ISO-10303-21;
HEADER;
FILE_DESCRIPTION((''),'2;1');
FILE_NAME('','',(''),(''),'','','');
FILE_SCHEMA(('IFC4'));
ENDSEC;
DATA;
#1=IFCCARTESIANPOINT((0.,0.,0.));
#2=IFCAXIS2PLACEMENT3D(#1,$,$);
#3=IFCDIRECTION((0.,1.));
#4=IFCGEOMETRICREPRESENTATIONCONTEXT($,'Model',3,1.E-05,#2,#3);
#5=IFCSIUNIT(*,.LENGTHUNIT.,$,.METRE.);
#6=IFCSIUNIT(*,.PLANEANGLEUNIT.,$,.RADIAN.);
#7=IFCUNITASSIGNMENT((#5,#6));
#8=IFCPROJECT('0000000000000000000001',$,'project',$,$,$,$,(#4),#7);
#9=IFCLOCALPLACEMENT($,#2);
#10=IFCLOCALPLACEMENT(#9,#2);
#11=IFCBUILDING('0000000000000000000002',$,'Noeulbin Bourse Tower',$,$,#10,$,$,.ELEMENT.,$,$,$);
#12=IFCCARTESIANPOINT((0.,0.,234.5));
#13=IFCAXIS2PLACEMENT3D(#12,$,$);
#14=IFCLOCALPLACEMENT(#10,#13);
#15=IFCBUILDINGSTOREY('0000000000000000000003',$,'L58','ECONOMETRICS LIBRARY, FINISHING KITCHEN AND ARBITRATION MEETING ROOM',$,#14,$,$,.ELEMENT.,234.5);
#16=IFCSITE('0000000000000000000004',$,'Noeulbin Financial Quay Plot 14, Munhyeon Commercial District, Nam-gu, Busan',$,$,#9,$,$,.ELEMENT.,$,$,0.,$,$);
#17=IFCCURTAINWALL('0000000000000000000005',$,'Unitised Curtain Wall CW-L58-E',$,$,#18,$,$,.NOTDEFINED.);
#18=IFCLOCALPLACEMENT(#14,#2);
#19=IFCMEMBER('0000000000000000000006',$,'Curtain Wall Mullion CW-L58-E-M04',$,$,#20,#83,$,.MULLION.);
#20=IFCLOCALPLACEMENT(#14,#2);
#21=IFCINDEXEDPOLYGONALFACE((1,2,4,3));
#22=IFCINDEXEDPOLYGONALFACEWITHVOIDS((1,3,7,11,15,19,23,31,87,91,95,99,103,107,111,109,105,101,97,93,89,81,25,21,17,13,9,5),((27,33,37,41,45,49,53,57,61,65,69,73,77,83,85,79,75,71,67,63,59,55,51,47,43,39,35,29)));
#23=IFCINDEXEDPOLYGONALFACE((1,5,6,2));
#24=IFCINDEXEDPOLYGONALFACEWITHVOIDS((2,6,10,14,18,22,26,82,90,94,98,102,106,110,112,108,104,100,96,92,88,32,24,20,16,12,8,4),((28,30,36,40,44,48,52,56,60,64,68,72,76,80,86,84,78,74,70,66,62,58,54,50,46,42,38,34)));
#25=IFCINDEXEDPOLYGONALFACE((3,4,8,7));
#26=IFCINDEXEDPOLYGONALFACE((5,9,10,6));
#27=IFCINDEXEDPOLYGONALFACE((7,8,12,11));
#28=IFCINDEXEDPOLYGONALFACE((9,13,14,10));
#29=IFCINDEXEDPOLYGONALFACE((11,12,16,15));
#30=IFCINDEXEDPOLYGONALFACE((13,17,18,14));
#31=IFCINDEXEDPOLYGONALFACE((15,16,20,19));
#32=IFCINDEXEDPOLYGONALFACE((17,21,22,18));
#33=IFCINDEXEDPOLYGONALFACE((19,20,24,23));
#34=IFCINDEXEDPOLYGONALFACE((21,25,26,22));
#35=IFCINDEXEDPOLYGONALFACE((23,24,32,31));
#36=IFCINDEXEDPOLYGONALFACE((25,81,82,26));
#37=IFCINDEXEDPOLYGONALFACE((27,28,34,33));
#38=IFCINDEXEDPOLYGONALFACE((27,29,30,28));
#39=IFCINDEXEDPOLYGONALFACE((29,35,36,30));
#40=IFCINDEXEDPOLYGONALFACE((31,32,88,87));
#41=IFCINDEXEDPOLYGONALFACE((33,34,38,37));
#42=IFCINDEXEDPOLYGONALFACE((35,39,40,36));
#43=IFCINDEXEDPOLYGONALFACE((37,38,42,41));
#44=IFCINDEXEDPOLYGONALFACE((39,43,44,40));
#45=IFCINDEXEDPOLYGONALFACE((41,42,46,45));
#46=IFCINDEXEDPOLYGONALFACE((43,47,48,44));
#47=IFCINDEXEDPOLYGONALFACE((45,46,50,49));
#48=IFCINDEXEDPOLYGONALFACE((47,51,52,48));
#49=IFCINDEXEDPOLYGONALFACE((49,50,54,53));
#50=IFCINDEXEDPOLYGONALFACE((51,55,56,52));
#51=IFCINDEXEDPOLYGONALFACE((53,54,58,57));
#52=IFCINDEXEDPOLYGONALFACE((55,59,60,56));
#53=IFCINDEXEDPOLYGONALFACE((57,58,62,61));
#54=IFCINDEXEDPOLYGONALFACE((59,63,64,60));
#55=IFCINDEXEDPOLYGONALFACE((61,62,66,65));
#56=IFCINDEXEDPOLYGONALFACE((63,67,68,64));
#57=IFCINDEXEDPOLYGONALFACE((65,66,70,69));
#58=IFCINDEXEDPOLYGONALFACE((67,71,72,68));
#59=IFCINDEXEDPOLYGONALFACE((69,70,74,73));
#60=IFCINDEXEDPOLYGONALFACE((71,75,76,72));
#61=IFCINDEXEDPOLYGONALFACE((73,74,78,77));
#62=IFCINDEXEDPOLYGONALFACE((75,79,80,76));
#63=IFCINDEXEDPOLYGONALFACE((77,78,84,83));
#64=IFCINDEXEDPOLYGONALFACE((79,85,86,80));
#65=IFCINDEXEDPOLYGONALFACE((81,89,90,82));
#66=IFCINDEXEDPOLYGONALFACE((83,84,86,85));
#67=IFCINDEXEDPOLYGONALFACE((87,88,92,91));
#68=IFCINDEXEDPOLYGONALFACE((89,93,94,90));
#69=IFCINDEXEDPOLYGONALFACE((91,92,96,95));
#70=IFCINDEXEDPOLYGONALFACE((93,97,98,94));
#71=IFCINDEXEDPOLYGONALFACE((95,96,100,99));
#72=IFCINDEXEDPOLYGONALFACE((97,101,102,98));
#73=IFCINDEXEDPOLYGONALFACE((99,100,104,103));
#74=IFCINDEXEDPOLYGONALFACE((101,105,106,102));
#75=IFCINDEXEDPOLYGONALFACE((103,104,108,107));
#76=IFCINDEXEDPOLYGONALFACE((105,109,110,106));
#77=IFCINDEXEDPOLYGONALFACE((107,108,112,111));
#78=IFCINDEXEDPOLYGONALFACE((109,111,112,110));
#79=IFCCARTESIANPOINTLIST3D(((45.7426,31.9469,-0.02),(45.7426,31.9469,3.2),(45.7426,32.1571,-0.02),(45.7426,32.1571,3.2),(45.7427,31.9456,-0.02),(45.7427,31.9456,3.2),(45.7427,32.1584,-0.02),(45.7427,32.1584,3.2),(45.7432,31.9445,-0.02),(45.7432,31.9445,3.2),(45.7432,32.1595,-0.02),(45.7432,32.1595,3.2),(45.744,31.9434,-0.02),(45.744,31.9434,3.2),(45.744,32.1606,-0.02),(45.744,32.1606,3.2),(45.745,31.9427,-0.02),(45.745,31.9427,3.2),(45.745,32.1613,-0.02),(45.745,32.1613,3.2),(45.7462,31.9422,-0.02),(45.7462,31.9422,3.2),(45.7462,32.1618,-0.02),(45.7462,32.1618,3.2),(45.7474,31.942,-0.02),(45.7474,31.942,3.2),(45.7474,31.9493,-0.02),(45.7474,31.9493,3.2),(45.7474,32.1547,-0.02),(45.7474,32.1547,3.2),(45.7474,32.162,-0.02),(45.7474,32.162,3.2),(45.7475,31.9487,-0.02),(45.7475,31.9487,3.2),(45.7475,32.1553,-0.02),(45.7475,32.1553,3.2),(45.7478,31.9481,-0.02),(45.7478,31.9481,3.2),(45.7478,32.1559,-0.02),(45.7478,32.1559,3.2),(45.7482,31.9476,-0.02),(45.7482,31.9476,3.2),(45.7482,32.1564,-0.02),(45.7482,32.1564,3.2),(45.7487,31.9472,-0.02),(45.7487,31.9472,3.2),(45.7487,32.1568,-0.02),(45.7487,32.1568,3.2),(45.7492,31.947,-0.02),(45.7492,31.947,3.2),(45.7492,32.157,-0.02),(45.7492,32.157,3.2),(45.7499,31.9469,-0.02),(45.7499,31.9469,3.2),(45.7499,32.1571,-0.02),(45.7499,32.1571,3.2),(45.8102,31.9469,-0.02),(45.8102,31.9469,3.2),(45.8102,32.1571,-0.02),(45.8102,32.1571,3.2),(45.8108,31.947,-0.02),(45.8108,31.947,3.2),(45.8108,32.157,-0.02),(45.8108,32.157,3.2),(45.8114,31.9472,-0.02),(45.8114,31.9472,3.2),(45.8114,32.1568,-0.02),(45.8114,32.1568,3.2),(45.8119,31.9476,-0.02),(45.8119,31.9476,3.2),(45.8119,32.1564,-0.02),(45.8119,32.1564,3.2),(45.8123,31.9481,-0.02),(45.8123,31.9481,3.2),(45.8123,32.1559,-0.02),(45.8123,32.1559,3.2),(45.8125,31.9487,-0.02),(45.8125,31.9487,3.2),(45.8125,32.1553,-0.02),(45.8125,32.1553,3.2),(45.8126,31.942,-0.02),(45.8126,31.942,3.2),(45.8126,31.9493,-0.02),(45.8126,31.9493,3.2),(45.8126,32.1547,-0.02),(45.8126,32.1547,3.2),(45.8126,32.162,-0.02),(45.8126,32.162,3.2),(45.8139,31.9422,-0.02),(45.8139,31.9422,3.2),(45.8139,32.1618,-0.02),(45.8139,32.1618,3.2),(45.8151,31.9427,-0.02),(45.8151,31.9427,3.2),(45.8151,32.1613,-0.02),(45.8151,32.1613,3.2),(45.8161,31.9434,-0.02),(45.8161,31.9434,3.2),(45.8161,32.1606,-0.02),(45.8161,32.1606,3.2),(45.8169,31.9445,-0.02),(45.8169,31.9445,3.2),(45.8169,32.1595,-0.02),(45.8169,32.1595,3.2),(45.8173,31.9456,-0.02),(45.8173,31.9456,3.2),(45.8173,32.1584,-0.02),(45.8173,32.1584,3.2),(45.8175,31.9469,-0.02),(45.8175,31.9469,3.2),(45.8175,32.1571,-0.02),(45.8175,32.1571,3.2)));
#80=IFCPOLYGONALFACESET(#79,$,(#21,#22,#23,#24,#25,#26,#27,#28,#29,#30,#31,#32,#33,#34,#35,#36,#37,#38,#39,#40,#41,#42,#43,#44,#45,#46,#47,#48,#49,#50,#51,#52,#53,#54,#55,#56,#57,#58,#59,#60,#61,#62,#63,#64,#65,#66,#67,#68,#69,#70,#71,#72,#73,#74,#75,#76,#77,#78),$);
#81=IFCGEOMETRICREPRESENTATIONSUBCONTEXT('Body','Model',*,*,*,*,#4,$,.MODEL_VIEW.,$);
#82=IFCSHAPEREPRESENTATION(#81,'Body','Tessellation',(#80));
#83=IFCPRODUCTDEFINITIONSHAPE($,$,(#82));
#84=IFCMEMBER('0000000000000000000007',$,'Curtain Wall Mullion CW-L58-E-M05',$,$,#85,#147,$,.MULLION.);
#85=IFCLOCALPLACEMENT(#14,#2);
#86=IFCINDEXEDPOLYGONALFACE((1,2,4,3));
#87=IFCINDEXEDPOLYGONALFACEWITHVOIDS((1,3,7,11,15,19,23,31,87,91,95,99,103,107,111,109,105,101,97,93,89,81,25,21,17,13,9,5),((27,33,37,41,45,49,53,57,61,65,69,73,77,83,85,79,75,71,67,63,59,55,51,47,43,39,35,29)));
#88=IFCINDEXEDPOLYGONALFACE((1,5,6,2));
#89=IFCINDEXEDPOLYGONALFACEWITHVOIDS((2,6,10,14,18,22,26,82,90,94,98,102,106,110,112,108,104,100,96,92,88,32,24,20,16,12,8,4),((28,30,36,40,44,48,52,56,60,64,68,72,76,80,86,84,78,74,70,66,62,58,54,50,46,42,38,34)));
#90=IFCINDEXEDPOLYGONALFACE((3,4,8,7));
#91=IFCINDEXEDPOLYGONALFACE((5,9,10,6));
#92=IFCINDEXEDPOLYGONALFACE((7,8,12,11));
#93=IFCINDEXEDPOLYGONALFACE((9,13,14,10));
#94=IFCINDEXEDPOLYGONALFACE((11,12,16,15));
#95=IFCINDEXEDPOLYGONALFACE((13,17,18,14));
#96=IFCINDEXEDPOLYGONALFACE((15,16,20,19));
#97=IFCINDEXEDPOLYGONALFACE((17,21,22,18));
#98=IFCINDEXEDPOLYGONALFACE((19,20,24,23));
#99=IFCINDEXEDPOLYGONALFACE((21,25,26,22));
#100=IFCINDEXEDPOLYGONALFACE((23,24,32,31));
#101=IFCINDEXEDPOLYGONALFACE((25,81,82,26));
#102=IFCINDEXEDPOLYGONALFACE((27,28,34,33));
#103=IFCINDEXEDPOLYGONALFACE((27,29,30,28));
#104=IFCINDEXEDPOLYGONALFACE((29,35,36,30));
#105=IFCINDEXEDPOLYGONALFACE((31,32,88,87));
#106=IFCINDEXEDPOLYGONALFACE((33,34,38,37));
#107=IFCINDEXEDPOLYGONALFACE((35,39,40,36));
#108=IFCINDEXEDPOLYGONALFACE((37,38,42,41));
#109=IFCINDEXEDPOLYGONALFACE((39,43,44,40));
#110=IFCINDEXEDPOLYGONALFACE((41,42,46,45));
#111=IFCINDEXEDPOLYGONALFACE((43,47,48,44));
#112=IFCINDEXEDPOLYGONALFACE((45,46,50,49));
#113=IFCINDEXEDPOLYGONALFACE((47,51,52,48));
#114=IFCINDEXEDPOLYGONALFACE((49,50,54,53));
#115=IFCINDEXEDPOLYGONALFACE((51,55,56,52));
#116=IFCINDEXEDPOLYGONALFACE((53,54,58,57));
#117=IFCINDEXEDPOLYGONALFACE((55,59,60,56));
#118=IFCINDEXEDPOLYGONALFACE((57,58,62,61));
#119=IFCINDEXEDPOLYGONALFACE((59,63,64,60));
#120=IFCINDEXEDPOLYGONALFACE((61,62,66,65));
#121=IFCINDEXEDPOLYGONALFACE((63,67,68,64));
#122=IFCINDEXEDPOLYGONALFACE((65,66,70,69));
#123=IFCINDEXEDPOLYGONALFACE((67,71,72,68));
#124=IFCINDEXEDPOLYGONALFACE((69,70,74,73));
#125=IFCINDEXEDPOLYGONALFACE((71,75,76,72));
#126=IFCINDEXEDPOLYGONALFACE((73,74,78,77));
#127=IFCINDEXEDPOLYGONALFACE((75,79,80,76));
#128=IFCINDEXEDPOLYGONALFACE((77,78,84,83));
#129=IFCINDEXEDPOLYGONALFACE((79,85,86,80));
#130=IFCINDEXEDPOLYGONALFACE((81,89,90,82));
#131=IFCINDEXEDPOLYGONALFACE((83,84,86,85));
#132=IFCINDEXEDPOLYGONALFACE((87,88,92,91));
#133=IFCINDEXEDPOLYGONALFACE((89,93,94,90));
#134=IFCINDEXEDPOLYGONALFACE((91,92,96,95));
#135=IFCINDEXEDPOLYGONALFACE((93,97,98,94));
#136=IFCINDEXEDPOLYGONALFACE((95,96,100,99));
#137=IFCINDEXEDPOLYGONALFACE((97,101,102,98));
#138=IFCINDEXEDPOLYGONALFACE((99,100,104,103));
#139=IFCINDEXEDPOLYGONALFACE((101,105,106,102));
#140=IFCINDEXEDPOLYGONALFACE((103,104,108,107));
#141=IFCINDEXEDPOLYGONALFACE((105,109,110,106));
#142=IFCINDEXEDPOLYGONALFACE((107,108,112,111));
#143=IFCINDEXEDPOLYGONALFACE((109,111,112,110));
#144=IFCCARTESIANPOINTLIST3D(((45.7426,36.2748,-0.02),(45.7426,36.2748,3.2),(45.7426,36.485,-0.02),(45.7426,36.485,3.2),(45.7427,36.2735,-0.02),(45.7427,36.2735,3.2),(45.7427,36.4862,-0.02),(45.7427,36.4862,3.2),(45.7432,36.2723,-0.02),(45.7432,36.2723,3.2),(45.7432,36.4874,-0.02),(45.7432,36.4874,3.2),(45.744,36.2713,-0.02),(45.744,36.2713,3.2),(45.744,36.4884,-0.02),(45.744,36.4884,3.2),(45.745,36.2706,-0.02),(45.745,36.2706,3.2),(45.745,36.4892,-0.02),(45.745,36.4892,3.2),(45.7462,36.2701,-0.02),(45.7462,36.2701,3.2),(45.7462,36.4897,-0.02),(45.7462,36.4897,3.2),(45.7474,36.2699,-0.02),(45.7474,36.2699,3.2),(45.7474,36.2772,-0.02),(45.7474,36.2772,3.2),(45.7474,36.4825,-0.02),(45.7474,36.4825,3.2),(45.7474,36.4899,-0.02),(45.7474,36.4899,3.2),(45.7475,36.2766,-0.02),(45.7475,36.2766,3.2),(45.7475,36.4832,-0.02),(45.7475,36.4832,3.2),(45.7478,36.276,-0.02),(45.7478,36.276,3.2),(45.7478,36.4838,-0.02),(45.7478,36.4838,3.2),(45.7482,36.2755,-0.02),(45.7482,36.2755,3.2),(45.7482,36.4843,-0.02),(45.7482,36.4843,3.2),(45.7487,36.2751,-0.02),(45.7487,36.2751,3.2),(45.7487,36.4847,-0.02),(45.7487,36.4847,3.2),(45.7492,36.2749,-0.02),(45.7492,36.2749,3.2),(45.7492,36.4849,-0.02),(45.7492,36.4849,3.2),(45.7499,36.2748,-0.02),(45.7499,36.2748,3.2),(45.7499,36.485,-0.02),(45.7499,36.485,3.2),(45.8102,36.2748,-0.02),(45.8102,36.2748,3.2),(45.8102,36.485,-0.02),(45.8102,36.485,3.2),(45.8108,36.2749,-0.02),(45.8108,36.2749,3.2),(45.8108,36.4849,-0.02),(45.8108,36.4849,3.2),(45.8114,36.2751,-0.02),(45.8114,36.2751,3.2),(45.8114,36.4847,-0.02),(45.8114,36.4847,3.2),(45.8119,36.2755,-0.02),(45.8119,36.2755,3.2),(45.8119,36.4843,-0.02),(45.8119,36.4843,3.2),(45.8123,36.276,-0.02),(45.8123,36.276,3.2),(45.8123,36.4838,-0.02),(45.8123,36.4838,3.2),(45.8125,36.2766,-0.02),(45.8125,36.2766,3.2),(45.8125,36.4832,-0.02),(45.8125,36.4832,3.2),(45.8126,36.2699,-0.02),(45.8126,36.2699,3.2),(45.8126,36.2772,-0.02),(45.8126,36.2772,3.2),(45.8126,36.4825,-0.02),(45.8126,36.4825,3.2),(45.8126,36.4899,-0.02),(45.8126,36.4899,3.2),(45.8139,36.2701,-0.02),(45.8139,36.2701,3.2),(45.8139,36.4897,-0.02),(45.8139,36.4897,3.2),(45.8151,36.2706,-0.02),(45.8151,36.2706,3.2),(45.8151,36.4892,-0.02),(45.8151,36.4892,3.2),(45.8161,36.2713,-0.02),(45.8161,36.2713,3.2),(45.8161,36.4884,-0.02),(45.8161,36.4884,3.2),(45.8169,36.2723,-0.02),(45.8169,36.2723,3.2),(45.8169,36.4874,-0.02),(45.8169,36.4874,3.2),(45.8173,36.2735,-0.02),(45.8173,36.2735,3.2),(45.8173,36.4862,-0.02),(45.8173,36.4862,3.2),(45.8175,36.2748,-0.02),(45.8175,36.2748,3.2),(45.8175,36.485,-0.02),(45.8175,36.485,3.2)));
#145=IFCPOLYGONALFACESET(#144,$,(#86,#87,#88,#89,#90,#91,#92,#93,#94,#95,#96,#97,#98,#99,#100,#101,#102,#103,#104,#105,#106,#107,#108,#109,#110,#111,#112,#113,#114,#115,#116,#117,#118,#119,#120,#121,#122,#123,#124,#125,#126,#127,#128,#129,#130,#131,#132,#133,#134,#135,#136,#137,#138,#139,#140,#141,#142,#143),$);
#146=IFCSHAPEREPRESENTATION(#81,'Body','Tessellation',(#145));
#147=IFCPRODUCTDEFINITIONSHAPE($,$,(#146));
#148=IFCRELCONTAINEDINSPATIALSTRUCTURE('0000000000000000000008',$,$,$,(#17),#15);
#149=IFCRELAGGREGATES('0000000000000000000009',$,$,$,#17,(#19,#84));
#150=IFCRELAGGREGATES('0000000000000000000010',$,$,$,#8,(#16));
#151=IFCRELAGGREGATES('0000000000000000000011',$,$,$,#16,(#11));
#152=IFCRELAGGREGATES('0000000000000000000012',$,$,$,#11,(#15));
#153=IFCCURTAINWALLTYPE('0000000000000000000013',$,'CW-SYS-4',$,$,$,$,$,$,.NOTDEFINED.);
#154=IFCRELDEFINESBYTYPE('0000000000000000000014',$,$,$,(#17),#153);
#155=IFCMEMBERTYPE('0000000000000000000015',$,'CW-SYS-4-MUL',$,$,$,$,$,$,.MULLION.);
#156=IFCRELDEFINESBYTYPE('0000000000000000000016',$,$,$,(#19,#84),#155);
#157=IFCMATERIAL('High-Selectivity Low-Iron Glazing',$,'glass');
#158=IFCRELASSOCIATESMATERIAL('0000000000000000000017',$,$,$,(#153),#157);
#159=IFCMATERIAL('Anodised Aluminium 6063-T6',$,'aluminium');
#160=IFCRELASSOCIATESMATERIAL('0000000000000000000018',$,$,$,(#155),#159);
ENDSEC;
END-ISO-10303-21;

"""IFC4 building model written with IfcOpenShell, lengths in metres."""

from ifc_helpers import new_model, si_unit, direction, frame, origin, origin_2d, place, context, subcontext, project, spatial, hollow_rectangle, extrude, material, material_profile, profile_set, type_object, element, aggregate, save


model = new_model("IFC4")

# Units and contexts
model_context = context("Model", 3, precision=1e-05, world=origin(), true_north=direction((0.0, 1.0)))
body_context = subcontext(model_context, "Body", "Model", "MODEL_VIEW")
ifc_project = project(units=[si_unit("LENGTHUNIT", "METRE"), si_unit("PLANEANGLEUNIT", "RADIAN")], contexts=[model_context])

# Site, building, storey
site_placement = place(None, origin())
site = spatial("IfcSite", under=ifc_project, at=site_placement, Name="Noeulbin Financial Quay Plot 14, Munhyeon Commercial District, Nam-gu, Busan", CompositionType="ELEMENT", RefElevation=0.0)
building_placement = place(site_placement, origin())
building = spatial("IfcBuilding", under=site, at=building_placement, Name="Noeulbin Bourse Tower", CompositionType="ELEMENT")
storey_placement = place(building_placement, frame((0.0, 0.0, 234.5)))
storey = spatial("IfcBuildingStorey", under=building, at=storey_placement, Name="L58", Description="ECONOMETRICS LIBRARY, FINISHING KITCHEN AND ARBITRATION MEETING ROOM", CompositionType="ELEMENT", Elevation=234.5)

# Curtain wall, members
ifc_material_1 = material(Name="High-Selectivity Low-Iron Glazing", Category="glass")
curtain_wall_type = type_object("IfcCurtainWallType", Name="CW-SYS-4", PredefinedType="NOTDEFINED", material=ifc_material_1)
ifc_material_2 = material(Name="Anodised Aluminium 6063-T6", Category="aluminium")
ifc_material_profile_1 = material_profile(ifc_material_2, hollow_rectangle(XDim=0.075, YDim=0.22, WallThickness=0.0049, InnerFilletRadius=0.0024, OuterFilletRadius=0.0049, at=origin_2d()), Name="ALU-MULL-75x220x5", Category="LoadBearing")
ifc_profile_set_1 = profile_set([ifc_material_profile_1], Name="Anodised Aluminium 6063-T6")
member_type_1 = type_object("IfcMemberType", Name="CW-SYS-4-MUL", PredefinedType="MULLION", material=ifc_profile_set_1)
curtain_wall_1_placement = place(storey_placement, origin())
curtain_wall_1 = element("IfcCurtainWall", 1, at=curtain_wall_1_placement, inside=storey, type_object=curtain_wall_type, Name="Unitised Curtain Wall CW-L58-E", PredefinedType="NOTDEFINED")
member_1_placement = place(storey_placement, frame((45.78, 32.052, -0.02), z_axis=(0.0, 0.0, 1.0), x_axis=(1.0, 0.0, 0.0)))
member_1 = element("IfcMember", 2, at=member_1_placement, type_object=member_type_1, Name="Curtain Wall Mullion CW-L58-E-M04", PredefinedType="MULLION", context=body_context, shape_type="SweptSolid", body=[
    extrude(hollow_rectangle(XDim=0.075, YDim=0.22, WallThickness=0.0049, InnerFilletRadius=0.0024, OuterFilletRadius=0.0049, at=origin_2d()), origin(), (0.0, 0.0, 1.0), 3.22),
])
member_2_placement = place(storey_placement, frame((45.78, 36.3799, -0.02), z_axis=(0.0, 0.0, 1.0), x_axis=(1.0, 0.0, 0.0)))
member_2 = element("IfcMember", 3, at=member_2_placement, type_object=member_type_1, Name="Curtain Wall Mullion CW-L58-E-M05", PredefinedType="MULLION", context=body_context, shape_type="SweptSolid", body=[
    extrude(hollow_rectangle(XDim=0.075, YDim=0.22, WallThickness=0.0049, InnerFilletRadius=0.0024, OuterFilletRadius=0.0049, at=origin_2d()), origin(), (0.0, 0.0, 1.0), 3.22),
])

aggregate(curtain_wall_1, [member_1, member_2])

save(model, "model.ifc")
